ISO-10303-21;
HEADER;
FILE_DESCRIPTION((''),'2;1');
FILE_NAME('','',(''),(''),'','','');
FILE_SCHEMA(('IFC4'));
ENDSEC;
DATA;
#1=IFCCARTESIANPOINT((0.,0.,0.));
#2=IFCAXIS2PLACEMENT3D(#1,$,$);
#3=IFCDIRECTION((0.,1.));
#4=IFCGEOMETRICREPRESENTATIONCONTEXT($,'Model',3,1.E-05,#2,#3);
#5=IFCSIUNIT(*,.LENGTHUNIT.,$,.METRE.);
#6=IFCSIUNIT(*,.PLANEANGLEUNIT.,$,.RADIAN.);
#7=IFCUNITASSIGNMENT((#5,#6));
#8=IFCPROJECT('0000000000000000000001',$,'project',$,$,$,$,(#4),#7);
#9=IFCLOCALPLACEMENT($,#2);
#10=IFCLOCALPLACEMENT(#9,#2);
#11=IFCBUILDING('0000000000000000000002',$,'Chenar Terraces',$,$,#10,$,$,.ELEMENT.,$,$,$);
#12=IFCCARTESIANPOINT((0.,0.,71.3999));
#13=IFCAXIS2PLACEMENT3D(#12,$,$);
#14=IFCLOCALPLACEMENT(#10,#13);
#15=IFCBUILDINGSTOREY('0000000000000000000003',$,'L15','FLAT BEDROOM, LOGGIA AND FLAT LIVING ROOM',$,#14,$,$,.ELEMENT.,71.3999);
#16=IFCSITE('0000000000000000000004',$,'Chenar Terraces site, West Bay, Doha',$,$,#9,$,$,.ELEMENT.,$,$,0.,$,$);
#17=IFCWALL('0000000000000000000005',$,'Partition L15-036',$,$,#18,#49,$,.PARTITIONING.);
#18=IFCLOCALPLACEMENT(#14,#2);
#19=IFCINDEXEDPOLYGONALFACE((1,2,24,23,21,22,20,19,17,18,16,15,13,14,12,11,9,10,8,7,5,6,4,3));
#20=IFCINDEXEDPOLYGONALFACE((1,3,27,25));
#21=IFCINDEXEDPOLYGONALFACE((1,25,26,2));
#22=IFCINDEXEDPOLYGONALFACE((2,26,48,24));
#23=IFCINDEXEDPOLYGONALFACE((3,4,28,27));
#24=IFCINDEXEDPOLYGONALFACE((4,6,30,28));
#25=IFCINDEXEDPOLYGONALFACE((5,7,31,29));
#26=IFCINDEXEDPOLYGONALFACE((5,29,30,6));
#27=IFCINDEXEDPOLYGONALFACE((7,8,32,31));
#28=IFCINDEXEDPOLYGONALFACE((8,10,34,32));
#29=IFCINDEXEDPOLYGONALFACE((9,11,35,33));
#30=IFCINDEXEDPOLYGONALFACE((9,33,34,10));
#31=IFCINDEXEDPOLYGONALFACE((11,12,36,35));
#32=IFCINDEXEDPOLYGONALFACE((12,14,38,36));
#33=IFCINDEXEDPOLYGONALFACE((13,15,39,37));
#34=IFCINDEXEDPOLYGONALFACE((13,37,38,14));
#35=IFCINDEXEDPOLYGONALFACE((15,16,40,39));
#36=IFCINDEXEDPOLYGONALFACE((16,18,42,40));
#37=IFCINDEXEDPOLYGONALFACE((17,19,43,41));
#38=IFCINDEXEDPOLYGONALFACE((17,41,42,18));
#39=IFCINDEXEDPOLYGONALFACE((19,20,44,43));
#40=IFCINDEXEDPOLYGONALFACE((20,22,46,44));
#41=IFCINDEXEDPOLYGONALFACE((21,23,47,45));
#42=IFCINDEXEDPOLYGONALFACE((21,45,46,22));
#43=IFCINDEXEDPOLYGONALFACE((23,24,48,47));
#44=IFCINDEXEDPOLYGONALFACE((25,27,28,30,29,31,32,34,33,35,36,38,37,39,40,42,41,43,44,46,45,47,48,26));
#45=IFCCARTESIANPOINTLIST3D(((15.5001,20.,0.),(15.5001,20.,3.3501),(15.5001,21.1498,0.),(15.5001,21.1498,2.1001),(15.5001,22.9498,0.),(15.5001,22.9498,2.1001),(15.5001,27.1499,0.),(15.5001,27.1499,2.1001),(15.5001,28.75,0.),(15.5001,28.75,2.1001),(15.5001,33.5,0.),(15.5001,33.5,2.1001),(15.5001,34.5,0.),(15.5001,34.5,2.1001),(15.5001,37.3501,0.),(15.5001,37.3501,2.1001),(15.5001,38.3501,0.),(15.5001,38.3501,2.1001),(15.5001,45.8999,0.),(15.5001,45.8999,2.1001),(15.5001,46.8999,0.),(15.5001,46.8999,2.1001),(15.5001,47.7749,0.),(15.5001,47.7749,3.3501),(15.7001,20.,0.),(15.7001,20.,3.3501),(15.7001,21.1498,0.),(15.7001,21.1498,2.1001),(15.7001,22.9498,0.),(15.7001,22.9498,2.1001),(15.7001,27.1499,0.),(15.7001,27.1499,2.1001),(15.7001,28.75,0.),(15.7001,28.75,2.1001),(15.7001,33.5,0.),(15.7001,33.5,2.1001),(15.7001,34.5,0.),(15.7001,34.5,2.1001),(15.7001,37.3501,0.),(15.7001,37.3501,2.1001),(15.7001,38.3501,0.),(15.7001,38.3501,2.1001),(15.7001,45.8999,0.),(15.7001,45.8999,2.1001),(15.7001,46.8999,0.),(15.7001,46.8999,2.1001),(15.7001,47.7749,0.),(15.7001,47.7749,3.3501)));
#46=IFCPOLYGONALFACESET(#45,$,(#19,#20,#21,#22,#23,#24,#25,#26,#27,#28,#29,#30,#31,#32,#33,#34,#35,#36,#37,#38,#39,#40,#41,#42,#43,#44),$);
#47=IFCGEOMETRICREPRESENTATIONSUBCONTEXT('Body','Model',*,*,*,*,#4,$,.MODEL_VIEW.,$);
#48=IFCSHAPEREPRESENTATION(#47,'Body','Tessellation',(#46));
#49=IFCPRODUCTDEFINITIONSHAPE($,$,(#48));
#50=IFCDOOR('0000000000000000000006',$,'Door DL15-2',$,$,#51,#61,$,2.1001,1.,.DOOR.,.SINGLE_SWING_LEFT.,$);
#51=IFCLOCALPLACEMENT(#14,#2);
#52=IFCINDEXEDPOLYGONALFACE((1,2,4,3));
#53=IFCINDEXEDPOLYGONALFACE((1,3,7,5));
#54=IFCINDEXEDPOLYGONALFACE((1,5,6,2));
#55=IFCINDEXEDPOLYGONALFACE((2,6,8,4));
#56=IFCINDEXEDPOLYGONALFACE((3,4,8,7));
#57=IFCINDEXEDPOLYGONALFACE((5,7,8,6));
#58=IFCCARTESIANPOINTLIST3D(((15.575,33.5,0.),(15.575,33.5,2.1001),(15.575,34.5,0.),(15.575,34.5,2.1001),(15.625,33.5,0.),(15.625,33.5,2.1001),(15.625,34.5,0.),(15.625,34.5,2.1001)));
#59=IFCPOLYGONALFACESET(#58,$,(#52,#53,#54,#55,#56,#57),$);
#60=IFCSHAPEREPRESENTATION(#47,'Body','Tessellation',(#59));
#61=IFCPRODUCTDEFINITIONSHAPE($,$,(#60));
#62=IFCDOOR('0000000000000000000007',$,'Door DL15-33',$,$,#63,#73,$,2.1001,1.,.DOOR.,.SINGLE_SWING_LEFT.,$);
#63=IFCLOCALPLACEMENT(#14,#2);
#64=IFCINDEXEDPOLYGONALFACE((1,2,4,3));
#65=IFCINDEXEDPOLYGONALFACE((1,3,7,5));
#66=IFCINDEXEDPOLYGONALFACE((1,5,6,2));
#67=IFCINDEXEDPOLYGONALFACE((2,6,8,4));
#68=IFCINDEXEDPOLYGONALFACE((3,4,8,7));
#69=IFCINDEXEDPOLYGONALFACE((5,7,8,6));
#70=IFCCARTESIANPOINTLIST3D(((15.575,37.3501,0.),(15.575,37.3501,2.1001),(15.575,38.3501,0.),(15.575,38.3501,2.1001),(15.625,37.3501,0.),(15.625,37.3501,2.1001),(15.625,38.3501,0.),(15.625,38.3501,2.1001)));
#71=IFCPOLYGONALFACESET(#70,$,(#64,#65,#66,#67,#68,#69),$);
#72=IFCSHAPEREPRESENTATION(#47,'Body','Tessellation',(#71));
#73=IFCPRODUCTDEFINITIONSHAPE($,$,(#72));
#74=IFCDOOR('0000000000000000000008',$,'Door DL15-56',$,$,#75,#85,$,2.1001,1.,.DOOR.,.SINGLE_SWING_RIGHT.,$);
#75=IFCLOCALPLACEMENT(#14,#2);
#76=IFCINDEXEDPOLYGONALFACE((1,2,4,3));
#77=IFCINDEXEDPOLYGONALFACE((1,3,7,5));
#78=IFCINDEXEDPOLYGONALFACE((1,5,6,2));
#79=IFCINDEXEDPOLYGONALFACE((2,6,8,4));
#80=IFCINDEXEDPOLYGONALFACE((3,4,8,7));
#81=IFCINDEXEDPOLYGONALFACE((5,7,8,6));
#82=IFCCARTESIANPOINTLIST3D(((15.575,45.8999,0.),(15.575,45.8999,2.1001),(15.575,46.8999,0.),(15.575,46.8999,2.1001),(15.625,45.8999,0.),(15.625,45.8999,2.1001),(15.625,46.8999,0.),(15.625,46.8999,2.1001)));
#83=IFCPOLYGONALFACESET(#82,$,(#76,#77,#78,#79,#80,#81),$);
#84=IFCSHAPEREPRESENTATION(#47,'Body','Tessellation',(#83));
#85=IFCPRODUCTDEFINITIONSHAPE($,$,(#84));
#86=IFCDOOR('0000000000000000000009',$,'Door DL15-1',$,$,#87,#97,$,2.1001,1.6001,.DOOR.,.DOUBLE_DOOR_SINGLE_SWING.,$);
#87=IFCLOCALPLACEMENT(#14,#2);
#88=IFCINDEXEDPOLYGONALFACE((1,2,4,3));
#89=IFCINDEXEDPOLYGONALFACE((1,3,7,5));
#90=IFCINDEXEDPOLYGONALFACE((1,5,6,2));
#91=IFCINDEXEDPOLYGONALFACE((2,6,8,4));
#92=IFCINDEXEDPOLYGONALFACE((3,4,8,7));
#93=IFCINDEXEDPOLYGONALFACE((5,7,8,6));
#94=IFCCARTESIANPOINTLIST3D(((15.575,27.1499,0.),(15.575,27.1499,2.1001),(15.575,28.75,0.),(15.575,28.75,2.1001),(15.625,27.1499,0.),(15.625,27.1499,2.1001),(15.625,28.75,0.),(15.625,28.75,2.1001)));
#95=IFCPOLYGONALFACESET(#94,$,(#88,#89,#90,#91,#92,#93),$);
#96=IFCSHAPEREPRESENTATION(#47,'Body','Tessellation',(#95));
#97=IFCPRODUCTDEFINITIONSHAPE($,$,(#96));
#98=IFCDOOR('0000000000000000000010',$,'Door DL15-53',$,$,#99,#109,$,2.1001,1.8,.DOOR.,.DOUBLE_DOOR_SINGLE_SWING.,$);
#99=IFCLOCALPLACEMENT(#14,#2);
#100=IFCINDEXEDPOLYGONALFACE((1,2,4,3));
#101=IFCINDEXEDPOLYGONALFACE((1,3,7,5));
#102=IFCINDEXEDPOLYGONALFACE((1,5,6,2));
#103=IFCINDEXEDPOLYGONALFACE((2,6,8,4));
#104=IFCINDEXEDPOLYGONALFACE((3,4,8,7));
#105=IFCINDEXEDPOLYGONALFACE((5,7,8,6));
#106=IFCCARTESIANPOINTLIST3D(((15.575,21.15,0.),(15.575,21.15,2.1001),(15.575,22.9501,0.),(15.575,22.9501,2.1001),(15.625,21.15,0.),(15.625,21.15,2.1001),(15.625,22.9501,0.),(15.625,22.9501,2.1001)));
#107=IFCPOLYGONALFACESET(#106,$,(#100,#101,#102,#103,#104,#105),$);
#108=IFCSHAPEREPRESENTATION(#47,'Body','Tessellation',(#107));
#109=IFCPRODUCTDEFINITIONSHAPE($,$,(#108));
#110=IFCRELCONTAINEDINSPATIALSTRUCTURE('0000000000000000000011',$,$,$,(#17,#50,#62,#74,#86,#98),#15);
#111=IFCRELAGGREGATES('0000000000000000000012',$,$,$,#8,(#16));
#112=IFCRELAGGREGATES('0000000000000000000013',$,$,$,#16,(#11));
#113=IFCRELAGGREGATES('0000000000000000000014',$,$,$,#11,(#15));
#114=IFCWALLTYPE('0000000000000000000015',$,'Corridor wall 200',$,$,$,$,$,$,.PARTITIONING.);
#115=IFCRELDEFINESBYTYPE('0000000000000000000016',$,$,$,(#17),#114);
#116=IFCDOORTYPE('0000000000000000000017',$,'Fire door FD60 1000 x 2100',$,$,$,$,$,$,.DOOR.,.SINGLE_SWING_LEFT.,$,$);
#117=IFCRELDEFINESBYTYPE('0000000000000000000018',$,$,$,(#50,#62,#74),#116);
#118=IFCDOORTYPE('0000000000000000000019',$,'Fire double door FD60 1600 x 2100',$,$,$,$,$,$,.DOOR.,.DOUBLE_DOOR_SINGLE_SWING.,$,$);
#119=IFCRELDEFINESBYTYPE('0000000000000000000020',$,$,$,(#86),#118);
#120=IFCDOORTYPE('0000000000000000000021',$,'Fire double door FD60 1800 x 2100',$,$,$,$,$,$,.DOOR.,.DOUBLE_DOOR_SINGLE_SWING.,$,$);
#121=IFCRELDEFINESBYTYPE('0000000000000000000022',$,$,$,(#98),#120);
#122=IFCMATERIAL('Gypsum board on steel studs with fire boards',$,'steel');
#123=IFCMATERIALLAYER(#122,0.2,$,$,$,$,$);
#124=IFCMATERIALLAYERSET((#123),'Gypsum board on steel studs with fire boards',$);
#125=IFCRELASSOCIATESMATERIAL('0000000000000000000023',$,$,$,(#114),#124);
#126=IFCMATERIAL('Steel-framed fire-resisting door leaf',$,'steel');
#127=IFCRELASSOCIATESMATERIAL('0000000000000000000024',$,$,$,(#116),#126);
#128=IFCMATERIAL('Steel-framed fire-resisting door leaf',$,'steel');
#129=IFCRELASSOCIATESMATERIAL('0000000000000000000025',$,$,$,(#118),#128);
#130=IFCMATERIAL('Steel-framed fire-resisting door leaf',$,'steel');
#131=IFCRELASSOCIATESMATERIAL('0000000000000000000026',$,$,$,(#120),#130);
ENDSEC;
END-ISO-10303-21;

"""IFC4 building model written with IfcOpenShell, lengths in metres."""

from ifc_helpers import new_model, si_unit, direction, frame, frame_2d, origin, place, context, subcontext, project, spatial, rectangle, extrude, material, layer, layer_set, type_object, element, fill, save


model = new_model("IFC4")

# Units and contexts
model_context = context("Model", 3, precision=1e-05, world=origin(), true_north=direction((0.0, 1.0)))
body_context = subcontext(model_context, "Body", "Model", "MODEL_VIEW")
ifc_project = project(units=[si_unit("LENGTHUNIT", "METRE"), si_unit("PLANEANGLEUNIT", "RADIAN")], contexts=[model_context])

# Site, building, storey
site_placement = place(None, origin())
site = spatial("IfcSite", under=ifc_project, at=site_placement, Name="Chenar Terraces site, West Bay, Doha", CompositionType="ELEMENT", RefElevation=0.0)
building_placement = place(site_placement, origin())
building = spatial("IfcBuilding", under=site, at=building_placement, Name="Chenar Terraces", CompositionType="ELEMENT")
storey_placement = place(building_placement, frame((0.0, 0.0, 71.3999)))
storey = spatial("IfcBuildingStorey", under=building, at=storey_placement, Name="L15", Description="FLAT BEDROOM, LOGGIA AND FLAT LIVING ROOM", CompositionType="ELEMENT", Elevation=71.3999)

# Wall, openings, doors
ifc_material_1 = material(Name="Gypsum board on steel studs with fire boards", Category="steel")
ifc_layer_1 = layer(ifc_material_1, 0.2)
ifc_layer_set_1 = layer_set([ifc_layer_1], Name="Gypsum board on steel studs with fire boards")
wall_type_1 = type_object("IfcWallType", Name="Corridor wall 200", PredefinedType="PARTITIONING", material=ifc_layer_set_1)
wall_1_placement = place(storey_placement, frame((15.6001, 20.0, 0.0), z_axis=(0.0, 0.0, 1.0), x_axis=(0.0, 1.0, 0.0)))
wall_1 = element("IfcWall", 1, at=wall_1_placement, inside=storey, type_object=wall_type_1, Name="Partition L15-036", PredefinedType="PARTITIONING", context=body_context, shape_type="SweptSolid", body=[
    extrude(rectangle(XDim=27.7749, YDim=0.2, at=frame_2d((13.8875, 0.0))), origin(), (0.0, 0.0, 1.0), 3.3501),
])
opening_1_placement = place(wall_1_placement, frame((7.1499, 0.0, 0.0)))
opening_1 = element("IfcOpeningElement", 2, at=opening_1_placement, cuts=wall_1, PredefinedType="OPENING", context=body_context, shape_type="SweptSolid", body=[
    extrude(rectangle(XDim=1.6001, YDim=2.1001, at=frame_2d((0.8, 1.05))), frame((0.0, 0.1099, 0.0), z_axis=(0.0, -1.0, 0.0), x_axis=(1.0, 0.0, 0.0)), (0.0, 0.0, 1.0), 0.22),
])
opening_2_placement = place(wall_1_placement, frame((13.5, 0.0, 0.0)))
opening_2 = element("IfcOpeningElement", 3, at=opening_2_placement, cuts=wall_1, PredefinedType="OPENING", context=body_context, shape_type="SweptSolid", body=[
    extrude(rectangle(XDim=1.0, YDim=2.1001, at=frame_2d((0.5, 1.05))), frame((0.0, 0.1099, 0.0), z_axis=(0.0, -1.0, 0.0), x_axis=(1.0, 0.0, 0.0)), (0.0, 0.0, 1.0), 0.22),
])
opening_3_placement = place(wall_1_placement, frame((17.3501, 0.0, 0.0)))
opening_3 = element("IfcOpeningElement", 4, at=opening_3_placement, cuts=wall_1, PredefinedType="OPENING", context=body_context, shape_type="SweptSolid", body=[
    extrude(rectangle(XDim=1.0, YDim=2.1001, at=frame_2d((0.5, 1.05))), frame((0.0, 0.1099, 0.0), z_axis=(0.0, -1.0, 0.0), x_axis=(1.0, 0.0, 0.0)), (0.0, 0.0, 1.0), 0.22),
])
opening_4_placement = place(wall_1_placement, frame((1.1499, 0.0, 0.0)))
opening_4 = element("IfcOpeningElement", 5, at=opening_4_placement, cuts=wall_1, PredefinedType="OPENING", context=body_context, shape_type="SweptSolid", body=[
    extrude(rectangle(XDim=1.8, YDim=2.1001, at=frame_2d((0.8999, 1.05))), frame((0.0, 0.1099, 0.0), z_axis=(0.0, -1.0, 0.0), x_axis=(1.0, 0.0, 0.0)), (0.0, 0.0, 1.0), 0.22),
])
opening_5_placement = place(wall_1_placement, frame((25.8999, 0.0, 0.0)))
opening_5 = element("IfcOpeningElement", 6, at=opening_5_placement, cuts=wall_1, PredefinedType="OPENING", context=body_context, shape_type="SweptSolid", body=[
    extrude(rectangle(XDim=1.0, YDim=2.1001, at=frame_2d((0.5, 1.05))), frame((0.0, 0.1099, 0.0), z_axis=(0.0, -1.0, 0.0), x_axis=(1.0, 0.0, 0.0)), (0.0, 0.0, 1.0), 0.22),
])
ifc_material_2 = material(Name="Steel-framed fire-resisting door leaf", Category="steel")
door_type_1 = type_object("IfcDoorType", Name="Fire door FD60 1000 x 2100", OperationType="SINGLE_SWING_LEFT", PredefinedType="DOOR", material=ifc_material_2)
door_1_placement = place(opening_2_placement, frame((1.0, 0.0, 0.0), z_axis=(0.0, 0.0, 1.0), x_axis=(-1.0, 0.0, 0.0)))
door_1 = element("IfcDoor", 7, at=door_1_placement, inside=storey, type_object=door_type_1, Name="Door DL15-2", OperationType="SINGLE_SWING_LEFT", OverallHeight=2.1001, OverallWidth=1.0, PredefinedType="DOOR", context=body_context, shape_type="SweptSolid", body=[
    extrude(rectangle(XDim=1.0, YDim=2.1001, at=frame_2d((0.5, 1.05))), frame((0.0, 0.0249, 0.0), z_axis=(0.0, -1.0, 0.0), x_axis=(1.0, 0.0, 0.0)), (0.0, 0.0, 1.0), 0.05),
])
fill(opening_2, door_1)
door_2_placement = place(opening_3_placement, frame((1.0, 0.0, 0.0), z_axis=(0.0, 0.0, 1.0), x_axis=(-1.0, 0.0, 0.0)))
door_2 = element("IfcDoor", 8, at=door_2_placement, inside=storey, type_object=door_type_1, Name="Door DL15-33", OperationType="SINGLE_SWING_LEFT", OverallHeight=2.1001, OverallWidth=1.0, PredefinedType="DOOR", context=body_context, shape_type="SweptSolid", body=[
    extrude(rectangle(XDim=1.0, YDim=2.1001, at=frame_2d((0.5, 1.05))), frame((0.0, 0.0249, 0.0), z_axis=(0.0, -1.0, 0.0), x_axis=(1.0, 0.0, 0.0)), (0.0, 0.0, 1.0), 0.05),
])
fill(opening_3, door_2)
door_3_placement = place(opening_5_placement, frame((1.0, 0.0, 0.0), z_axis=(0.0, 0.0, 1.0), x_axis=(-1.0, 0.0, 0.0)))
door_3 = element("IfcDoor", 9, at=door_3_placement, inside=storey, type_object=door_type_1, Name="Door DL15-56", OperationType="SINGLE_SWING_RIGHT", OverallHeight=2.1001, OverallWidth=1.0, PredefinedType="DOOR", context=body_context, shape_type="SweptSolid", body=[
    extrude(rectangle(XDim=1.0, YDim=2.1001, at=frame_2d((0.5, 1.05))), frame((0.0, 0.0249, 0.0), z_axis=(0.0, -1.0, 0.0), x_axis=(1.0, 0.0, 0.0)), (0.0, 0.0, 1.0), 0.05),
])
fill(opening_5, door_3)
ifc_material_3 = material(Name="Steel-framed fire-resisting door leaf", Category="steel")
door_type_2 = type_object("IfcDoorType", Name="Fire double door FD60 1600 x 2100", OperationType="DOUBLE_DOOR_SINGLE_SWING", PredefinedType="DOOR", material=ifc_material_3)
door_4_placement = place(opening_1_placement, frame((1.6001, 0.0, 0.0), z_axis=(0.0, 0.0, 1.0), x_axis=(-1.0, 0.0, 0.0)))
door_4 = element("IfcDoor", 10, at=door_4_placement, inside=storey, type_object=door_type_2, Name="Door DL15-1", OperationType="DOUBLE_DOOR_SINGLE_SWING", OverallHeight=2.1001, OverallWidth=1.6001, PredefinedType="DOOR", context=body_context, shape_type="SweptSolid", body=[
    extrude(rectangle(XDim=1.6001, YDim=2.1001, at=frame_2d((0.8, 1.05))), frame((0.0, 0.0249, 0.0), z_axis=(0.0, -1.0, 0.0), x_axis=(1.0, 0.0, 0.0)), (0.0, 0.0, 1.0), 0.05),
])
fill(opening_1, door_4)
ifc_material_4 = material(Name="Steel-framed fire-resisting door leaf", Category="steel")
door_type_3 = type_object("IfcDoorType", Name="Fire double door FD60 1800 x 2100", OperationType="DOUBLE_DOOR_SINGLE_SWING", PredefinedType="DOOR", material=ifc_material_4)
door_5_placement = place(opening_4_placement, frame((1.8, 0.0, 0.0), z_axis=(0.0, 0.0, 1.0), x_axis=(-1.0, 0.0, 0.0)))
door_5 = element("IfcDoor", 11, at=door_5_placement, inside=storey, type_object=door_type_3, Name="Door DL15-53", OperationType="DOUBLE_DOOR_SINGLE_SWING", OverallHeight=2.1001, OverallWidth=1.8, PredefinedType="DOOR", context=body_context, shape_type="SweptSolid", body=[
    extrude(rectangle(XDim=1.8, YDim=2.1001, at=frame_2d((0.8999, 1.05))), frame((0.0, 0.0249, 0.0), z_axis=(0.0, -1.0, 0.0), x_axis=(1.0, 0.0, 0.0)), (0.0, 0.0, 1.0), 0.05),
])
fill(opening_4, door_5)

save(model, "model.ifc")
